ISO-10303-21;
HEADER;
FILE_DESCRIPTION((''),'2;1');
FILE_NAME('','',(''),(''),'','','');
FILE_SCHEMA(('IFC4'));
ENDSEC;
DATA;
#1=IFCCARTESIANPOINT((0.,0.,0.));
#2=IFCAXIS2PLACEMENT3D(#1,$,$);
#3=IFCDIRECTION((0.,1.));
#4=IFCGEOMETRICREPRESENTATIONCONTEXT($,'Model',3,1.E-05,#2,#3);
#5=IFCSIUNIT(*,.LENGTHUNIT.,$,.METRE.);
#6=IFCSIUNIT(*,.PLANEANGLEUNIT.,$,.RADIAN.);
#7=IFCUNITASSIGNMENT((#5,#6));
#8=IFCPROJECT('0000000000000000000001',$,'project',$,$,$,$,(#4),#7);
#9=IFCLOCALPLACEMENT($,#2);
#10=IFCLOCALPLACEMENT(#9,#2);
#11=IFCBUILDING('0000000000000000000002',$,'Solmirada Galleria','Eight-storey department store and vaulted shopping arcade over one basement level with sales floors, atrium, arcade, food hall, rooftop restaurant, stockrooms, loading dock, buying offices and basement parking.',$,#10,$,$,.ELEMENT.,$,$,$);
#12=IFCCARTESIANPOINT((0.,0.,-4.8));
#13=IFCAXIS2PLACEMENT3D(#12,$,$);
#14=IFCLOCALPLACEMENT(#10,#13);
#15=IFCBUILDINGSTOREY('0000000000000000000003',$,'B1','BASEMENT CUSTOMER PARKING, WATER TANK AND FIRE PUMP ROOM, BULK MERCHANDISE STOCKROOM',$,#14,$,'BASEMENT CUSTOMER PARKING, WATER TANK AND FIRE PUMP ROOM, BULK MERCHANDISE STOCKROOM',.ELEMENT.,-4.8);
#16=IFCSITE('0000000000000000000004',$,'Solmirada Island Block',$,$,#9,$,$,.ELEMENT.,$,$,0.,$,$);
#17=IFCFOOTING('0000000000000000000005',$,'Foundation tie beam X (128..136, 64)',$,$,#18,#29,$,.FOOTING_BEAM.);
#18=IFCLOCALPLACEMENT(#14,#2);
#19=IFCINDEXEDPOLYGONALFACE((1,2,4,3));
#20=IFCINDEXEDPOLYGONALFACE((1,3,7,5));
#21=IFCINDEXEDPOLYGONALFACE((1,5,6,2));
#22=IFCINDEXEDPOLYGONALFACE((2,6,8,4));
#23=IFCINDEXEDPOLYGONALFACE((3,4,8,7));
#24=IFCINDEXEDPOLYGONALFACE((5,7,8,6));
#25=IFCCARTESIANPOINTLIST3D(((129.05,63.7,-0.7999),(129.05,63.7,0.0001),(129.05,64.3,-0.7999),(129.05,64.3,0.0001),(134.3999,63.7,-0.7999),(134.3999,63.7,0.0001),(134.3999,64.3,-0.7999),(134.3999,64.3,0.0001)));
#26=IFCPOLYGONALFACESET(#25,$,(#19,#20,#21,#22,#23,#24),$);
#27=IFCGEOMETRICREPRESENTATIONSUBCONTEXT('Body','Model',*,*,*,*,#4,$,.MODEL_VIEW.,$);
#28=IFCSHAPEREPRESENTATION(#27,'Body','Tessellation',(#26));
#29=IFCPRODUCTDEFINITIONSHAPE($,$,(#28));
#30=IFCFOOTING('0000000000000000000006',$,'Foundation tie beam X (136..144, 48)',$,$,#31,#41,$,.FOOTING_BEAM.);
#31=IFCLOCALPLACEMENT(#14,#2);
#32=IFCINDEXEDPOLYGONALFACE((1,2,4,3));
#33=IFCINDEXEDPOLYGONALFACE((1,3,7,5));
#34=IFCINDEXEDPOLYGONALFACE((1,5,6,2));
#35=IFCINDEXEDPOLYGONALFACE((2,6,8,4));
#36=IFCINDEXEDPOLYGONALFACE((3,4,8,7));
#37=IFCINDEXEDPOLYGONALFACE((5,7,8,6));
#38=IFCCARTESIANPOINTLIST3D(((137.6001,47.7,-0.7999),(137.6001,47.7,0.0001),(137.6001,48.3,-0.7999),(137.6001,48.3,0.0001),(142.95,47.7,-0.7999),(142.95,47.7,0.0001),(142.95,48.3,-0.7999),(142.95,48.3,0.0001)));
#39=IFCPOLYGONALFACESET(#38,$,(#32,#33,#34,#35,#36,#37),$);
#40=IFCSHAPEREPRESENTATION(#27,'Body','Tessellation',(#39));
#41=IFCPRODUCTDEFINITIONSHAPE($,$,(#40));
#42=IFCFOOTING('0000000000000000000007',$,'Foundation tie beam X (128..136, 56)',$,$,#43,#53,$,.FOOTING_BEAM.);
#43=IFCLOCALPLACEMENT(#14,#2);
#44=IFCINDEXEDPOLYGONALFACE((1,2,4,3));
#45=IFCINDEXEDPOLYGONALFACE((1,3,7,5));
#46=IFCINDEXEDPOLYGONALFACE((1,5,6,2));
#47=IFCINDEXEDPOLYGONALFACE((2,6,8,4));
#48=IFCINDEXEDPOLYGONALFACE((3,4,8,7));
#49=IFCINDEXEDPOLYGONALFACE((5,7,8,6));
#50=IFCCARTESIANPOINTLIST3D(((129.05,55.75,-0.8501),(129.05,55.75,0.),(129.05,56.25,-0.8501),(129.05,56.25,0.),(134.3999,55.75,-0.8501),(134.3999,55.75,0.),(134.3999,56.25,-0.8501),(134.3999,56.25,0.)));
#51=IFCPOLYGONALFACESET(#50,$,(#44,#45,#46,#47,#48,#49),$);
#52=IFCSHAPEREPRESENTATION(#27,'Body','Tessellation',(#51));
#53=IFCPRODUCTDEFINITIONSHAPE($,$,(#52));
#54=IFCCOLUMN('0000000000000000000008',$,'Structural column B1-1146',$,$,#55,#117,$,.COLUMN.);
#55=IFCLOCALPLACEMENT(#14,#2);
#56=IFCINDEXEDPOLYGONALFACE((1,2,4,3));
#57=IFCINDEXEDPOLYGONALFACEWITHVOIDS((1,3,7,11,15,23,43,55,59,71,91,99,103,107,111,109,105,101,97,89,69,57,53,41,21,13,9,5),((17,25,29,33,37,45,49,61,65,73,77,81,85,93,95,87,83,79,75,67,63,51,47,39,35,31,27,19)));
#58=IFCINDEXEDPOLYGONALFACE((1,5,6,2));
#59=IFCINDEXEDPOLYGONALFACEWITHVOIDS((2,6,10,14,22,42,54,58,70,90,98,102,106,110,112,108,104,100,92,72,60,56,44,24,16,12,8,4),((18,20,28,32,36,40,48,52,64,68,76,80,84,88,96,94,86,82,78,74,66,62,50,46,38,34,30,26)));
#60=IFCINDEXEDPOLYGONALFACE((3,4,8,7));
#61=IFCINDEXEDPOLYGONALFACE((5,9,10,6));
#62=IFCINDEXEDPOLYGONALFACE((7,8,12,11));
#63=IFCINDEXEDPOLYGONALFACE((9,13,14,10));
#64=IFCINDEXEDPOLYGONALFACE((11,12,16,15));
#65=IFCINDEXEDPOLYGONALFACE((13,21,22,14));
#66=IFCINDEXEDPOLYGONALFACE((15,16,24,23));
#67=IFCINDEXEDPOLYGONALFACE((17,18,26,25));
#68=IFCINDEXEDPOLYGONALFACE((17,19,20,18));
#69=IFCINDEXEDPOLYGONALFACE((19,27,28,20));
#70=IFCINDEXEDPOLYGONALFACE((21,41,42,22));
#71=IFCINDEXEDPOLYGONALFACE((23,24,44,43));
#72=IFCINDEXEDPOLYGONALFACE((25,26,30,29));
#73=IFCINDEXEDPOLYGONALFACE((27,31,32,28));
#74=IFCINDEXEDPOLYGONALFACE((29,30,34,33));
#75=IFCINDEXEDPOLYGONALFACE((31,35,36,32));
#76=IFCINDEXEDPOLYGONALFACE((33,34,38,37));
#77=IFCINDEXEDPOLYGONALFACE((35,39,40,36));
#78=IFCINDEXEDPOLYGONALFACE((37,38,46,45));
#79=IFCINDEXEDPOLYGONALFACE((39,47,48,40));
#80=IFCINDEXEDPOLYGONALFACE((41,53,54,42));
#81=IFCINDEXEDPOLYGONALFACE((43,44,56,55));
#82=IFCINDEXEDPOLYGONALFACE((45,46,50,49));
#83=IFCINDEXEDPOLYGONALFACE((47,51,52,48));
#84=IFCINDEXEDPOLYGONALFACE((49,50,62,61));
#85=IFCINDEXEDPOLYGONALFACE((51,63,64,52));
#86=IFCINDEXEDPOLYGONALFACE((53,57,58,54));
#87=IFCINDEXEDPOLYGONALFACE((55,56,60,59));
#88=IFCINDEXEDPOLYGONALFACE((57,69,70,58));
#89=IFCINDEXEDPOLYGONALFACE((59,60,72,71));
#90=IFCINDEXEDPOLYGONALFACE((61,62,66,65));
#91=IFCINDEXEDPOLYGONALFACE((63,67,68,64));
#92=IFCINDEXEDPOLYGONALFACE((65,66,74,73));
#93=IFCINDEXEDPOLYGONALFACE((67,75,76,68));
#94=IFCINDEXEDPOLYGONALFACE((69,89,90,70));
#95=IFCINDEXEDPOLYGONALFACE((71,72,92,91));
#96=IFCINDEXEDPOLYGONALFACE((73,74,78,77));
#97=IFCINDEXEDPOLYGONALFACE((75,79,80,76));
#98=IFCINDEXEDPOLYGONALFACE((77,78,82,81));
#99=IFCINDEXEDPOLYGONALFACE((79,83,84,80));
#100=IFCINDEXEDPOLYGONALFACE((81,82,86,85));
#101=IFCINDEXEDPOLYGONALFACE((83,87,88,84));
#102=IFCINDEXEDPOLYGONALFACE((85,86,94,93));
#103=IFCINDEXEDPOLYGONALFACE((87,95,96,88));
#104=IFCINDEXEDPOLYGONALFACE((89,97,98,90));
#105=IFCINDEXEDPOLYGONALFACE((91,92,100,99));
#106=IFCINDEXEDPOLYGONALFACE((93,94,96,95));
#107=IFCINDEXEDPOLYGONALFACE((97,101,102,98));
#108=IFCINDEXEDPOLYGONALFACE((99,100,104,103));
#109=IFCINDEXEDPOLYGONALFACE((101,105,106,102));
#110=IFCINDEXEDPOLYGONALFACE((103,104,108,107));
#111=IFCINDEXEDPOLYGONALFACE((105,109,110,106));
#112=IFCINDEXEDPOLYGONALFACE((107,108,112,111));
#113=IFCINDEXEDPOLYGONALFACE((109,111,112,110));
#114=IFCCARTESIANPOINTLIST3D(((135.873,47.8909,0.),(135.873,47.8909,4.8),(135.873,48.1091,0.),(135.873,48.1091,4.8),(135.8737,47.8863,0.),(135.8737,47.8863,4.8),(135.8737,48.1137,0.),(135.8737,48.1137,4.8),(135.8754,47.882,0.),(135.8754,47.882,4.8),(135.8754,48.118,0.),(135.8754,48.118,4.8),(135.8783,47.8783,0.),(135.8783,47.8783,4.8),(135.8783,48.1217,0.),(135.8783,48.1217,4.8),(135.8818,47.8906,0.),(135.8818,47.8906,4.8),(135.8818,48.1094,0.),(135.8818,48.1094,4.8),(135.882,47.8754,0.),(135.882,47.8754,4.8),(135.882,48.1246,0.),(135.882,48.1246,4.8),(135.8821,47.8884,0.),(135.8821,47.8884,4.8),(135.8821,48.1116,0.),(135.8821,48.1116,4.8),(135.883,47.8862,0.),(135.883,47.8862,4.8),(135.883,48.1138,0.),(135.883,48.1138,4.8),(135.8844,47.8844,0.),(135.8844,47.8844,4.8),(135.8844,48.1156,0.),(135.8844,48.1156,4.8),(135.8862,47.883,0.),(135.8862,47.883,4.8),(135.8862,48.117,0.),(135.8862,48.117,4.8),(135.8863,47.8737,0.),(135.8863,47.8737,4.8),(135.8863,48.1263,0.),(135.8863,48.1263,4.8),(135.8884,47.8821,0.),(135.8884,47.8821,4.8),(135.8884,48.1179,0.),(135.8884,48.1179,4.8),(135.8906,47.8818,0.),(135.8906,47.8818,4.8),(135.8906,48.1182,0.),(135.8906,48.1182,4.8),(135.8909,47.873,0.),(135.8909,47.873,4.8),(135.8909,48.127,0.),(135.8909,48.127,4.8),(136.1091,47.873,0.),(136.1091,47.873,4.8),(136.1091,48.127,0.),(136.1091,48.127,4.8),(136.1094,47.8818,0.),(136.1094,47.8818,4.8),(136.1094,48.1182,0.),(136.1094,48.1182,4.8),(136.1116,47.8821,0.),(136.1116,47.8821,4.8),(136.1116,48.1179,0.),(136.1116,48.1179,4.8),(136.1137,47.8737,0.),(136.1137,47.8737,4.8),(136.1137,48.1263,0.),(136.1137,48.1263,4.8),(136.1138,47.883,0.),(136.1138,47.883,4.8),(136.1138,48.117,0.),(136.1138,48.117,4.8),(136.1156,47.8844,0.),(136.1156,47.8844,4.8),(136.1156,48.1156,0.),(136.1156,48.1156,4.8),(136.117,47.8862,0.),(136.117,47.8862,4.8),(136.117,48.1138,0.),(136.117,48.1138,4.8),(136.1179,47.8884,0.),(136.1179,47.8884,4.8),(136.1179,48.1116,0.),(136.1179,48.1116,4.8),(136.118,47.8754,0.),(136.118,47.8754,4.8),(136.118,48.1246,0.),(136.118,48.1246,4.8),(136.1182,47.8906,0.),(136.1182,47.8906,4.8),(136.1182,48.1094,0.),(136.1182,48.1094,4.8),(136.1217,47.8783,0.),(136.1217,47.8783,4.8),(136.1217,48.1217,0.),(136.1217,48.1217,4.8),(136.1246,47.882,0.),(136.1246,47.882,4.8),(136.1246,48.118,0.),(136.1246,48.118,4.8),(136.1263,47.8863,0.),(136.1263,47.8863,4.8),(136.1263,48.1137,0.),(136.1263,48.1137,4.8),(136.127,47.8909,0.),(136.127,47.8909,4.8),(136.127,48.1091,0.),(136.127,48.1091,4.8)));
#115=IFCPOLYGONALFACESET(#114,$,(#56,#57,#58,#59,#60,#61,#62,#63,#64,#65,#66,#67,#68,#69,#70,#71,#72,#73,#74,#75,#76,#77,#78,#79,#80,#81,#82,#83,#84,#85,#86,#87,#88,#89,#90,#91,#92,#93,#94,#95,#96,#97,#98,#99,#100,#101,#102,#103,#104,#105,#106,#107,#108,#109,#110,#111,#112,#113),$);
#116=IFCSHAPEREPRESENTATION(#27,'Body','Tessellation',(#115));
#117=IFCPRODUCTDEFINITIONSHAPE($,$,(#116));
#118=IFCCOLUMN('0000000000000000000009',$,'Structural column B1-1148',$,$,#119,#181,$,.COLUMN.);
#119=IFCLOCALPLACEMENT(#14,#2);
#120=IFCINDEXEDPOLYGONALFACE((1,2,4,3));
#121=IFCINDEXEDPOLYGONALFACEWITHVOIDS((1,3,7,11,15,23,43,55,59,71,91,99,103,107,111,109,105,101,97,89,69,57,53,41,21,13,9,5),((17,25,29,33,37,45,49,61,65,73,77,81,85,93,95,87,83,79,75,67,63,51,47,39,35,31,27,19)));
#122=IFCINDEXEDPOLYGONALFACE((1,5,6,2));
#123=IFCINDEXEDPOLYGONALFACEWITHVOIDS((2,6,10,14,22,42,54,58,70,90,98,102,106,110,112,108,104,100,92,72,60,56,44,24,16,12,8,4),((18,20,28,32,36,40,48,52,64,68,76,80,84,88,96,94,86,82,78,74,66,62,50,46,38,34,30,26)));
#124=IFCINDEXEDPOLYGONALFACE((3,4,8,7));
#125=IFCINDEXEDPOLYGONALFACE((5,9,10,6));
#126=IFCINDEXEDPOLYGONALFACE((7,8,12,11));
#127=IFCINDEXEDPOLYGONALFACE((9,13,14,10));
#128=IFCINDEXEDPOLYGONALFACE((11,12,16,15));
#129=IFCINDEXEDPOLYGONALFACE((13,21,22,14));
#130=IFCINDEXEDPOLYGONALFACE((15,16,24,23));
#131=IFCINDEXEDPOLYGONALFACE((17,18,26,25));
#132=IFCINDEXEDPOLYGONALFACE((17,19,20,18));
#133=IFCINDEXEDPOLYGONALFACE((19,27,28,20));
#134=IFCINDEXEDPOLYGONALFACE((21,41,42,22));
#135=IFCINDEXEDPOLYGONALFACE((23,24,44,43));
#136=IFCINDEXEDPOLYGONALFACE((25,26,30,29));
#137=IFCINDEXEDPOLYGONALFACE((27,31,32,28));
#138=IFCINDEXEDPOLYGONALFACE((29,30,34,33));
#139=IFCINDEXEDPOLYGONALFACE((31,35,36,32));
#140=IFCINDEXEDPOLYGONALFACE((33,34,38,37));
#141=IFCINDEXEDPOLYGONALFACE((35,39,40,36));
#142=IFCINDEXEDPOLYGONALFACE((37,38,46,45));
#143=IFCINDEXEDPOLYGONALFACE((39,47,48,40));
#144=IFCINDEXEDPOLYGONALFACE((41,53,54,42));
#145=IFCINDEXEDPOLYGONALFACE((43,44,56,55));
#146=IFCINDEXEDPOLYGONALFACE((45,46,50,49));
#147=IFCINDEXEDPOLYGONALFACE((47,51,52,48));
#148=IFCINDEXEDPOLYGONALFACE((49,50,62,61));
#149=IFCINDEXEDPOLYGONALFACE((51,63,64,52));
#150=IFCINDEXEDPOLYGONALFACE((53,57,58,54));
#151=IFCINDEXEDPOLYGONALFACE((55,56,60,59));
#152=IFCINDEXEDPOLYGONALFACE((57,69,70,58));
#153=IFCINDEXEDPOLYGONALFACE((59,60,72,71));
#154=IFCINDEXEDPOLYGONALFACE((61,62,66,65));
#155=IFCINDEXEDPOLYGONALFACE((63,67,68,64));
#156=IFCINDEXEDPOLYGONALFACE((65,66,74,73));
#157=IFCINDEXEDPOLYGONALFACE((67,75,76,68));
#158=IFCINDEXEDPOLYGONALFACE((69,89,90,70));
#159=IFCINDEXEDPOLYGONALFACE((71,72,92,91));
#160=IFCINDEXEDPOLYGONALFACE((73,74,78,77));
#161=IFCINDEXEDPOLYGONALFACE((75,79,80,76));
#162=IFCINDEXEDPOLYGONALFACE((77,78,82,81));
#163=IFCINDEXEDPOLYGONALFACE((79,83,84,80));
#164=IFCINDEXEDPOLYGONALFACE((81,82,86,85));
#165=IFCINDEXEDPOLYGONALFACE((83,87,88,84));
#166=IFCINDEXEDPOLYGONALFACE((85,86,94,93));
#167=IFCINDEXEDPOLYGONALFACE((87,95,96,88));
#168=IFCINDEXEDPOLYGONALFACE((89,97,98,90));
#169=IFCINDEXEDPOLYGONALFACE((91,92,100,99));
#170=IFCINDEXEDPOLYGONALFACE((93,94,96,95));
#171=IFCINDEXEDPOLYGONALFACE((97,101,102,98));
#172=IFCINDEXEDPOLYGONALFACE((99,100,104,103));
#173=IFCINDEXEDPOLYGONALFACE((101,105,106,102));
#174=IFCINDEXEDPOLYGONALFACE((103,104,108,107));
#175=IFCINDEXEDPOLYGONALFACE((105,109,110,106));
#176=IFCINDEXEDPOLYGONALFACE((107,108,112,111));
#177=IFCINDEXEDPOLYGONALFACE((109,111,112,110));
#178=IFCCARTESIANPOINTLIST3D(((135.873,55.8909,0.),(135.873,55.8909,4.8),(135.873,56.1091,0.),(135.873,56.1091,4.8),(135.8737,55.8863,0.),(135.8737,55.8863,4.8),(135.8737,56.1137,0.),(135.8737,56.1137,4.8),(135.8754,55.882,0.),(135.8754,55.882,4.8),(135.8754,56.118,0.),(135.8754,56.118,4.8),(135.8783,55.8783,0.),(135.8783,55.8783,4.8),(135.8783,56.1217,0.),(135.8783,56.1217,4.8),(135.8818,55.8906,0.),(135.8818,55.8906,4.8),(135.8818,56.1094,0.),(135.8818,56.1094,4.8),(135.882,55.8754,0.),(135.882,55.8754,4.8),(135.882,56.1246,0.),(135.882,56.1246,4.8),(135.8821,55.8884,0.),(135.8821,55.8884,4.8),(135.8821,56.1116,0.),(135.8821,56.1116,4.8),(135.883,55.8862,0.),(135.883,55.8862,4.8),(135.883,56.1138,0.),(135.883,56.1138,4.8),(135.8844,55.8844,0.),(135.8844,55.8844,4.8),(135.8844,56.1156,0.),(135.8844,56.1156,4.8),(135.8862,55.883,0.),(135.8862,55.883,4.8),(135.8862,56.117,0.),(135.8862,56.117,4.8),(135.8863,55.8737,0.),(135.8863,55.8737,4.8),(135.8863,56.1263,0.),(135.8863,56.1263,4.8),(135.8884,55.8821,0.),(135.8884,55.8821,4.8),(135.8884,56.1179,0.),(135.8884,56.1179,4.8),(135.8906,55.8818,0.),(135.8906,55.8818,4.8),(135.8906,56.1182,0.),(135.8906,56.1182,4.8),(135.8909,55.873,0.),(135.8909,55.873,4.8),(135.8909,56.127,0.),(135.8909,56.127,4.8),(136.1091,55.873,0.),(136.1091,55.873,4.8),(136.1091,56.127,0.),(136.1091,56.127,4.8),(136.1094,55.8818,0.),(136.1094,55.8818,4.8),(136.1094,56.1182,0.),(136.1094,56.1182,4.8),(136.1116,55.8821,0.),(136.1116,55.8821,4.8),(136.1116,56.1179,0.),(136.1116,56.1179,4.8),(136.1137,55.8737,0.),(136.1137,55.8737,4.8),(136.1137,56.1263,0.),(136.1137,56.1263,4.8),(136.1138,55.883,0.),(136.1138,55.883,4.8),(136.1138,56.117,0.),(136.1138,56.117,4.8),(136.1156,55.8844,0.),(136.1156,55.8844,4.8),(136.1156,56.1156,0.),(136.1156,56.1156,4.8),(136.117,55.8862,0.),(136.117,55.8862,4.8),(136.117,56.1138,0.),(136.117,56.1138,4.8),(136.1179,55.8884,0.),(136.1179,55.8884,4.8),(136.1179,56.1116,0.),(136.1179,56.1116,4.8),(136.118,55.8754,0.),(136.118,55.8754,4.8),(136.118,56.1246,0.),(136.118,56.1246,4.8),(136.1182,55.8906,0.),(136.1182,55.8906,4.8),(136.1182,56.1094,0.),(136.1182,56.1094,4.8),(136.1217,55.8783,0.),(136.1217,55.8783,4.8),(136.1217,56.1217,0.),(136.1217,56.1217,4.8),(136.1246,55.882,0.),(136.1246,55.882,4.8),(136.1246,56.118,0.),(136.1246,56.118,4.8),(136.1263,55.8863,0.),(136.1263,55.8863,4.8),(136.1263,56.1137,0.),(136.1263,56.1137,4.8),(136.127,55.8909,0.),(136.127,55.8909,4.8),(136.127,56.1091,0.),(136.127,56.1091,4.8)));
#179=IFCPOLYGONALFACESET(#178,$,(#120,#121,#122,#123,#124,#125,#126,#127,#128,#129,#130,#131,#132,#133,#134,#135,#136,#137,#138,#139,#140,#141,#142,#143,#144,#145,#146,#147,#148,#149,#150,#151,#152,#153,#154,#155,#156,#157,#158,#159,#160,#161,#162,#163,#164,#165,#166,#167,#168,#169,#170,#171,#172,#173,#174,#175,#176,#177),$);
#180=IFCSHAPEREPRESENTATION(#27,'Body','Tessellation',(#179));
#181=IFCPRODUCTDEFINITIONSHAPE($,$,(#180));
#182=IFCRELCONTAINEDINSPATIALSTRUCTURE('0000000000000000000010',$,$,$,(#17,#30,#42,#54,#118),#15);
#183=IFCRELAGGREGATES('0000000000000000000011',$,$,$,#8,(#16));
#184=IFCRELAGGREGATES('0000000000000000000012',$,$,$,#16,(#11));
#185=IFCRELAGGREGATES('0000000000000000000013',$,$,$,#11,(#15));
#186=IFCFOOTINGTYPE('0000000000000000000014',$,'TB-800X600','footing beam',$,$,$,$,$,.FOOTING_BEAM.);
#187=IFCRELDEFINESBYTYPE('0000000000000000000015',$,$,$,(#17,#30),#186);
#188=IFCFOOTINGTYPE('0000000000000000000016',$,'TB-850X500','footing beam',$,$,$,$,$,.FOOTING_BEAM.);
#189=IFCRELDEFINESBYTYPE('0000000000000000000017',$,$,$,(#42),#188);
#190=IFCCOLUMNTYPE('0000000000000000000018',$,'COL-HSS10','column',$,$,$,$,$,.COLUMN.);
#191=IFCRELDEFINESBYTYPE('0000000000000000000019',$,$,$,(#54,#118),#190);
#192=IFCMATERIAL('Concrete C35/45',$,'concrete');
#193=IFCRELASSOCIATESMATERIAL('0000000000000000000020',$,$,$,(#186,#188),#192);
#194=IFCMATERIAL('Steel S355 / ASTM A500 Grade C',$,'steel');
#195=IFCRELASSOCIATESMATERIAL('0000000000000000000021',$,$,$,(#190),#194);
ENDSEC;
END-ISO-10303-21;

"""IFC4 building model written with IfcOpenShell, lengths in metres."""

from ifc_helpers import new_model, si_unit, direction, frame, origin, origin_2d, place, context, subcontext, project, spatial, rectangle, hollow_rectangle, extrude, material, material_profile, profile_set, type_object, element, save


model = new_model("IFC4")

# Units and contexts
model_context = context("Model", 3, precision=1e-05, world=origin(), true_north=direction((0.0, 1.0)))
body_context = subcontext(model_context, "Body", "Model", "MODEL_VIEW")
ifc_project = project(units=[si_unit("LENGTHUNIT", "METRE"), si_unit("PLANEANGLEUNIT", "RADIAN")], contexts=[model_context])

# Site, building, storey
site_placement = place(None, origin())
site = spatial("IfcSite", under=ifc_project, at=site_placement, Name="Solmirada Island Block", CompositionType="ELEMENT", RefElevation=0.0)
building_placement = place(site_placement, origin())
building = spatial("IfcBuilding", under=site, at=building_placement, Name="Solmirada Galleria", Description="Eight-storey department store and vaulted shopping arcade over one basement level with sales floors, atrium, arcade, food hall, rooftop restaurant, stockrooms, loading dock, buying offices and basement parking.", CompositionType="ELEMENT")
storey_placement = place(building_placement, frame((0.0, 0.0, -4.8)))
storey = spatial("IfcBuildingStorey", under=building, at=storey_placement, Name="B1", Description="BASEMENT CUSTOMER PARKING, WATER TANK AND FIRE PUMP ROOM, BULK MERCHANDISE STOCKROOM", LongName="BASEMENT CUSTOMER PARKING, WATER TANK AND FIRE PUMP ROOM, BULK MERCHANDISE STOCKROOM", CompositionType="ELEMENT", Elevation=-4.8)

# Shared definitions
ifc_material_1 = material(Name="Concrete C35/45", Category="concrete")

# Footings
ifc_material_profile_1 = material_profile(ifc_material_1, rectangle(XDim=0.6001, YDim=0.8, at=origin_2d()), Name="RC800X600")
ifc_profile_set_1 = profile_set([ifc_material_profile_1], Name="Concrete C35/45")
footing_type_1 = type_object("IfcFootingType", Name="TB-800X600", Description="footing beam", PredefinedType="FOOTING_BEAM", material=ifc_profile_set_1)
for number, where, z_axis, x_axis, name in (
    (1, (129.05, 64.0, -0.3999), (1.0, 0.0, 0.0), (0.0, 1.0, 0.0), "Foundation tie beam X (128..136, 64)"),
    (2, (137.6001, 48.0, -0.3999), (1.0, 0.0, 0.0), (0.0, 1.0, 0.0), "Foundation tie beam X (136..144, 48)"),
):
    element("IfcFooting", number, at=place(storey_placement, frame(where, z_axis=z_axis, x_axis=x_axis)), inside=storey, type_object=footing_type_1, Name=name, PredefinedType="FOOTING_BEAM", context=body_context, shape_type="SweptSolid", body=[
        extrude(rectangle(XDim=0.6001, YDim=0.8, at=origin_2d()), origin(), (0.0, 0.0, 1.0), 5.3499),
    ])
ifc_material_profile_2 = material_profile(ifc_material_1, rectangle(XDim=0.5, YDim=0.8501, at=origin_2d()), Name="RC850X500")
ifc_profile_set_2 = profile_set([ifc_material_profile_2], Name="Concrete C35/45")
footing_type_2 = type_object("IfcFootingType", Name="TB-850X500", Description="footing beam", PredefinedType="FOOTING_BEAM", material=ifc_profile_set_2)
footing_placement = place(storey_placement, frame((129.05, 56.0, -0.425), z_axis=(1.0, 0.0, 0.0), x_axis=(0.0, 1.0, 0.0)))
element("IfcFooting", 3, at=footing_placement, inside=storey, type_object=footing_type_2, Name="Foundation tie beam X (128..136, 56)", PredefinedType="FOOTING_BEAM", context=body_context, shape_type="SweptSolid", body=[
    extrude(rectangle(XDim=0.5, YDim=0.8501, at=origin_2d()), origin(), (0.0, 0.0, 1.0), 5.3499),
])

# Columns
ifc_material_2 = material(Name="Steel S355 / ASTM A500 Grade C", Category="steel")
ifc_material_profile_3 = material_profile(ifc_material_2, hollow_rectangle(XDim=0.2539, YDim=0.2539, WallThickness=0.0088, InnerFilletRadius=0.0088, OuterFilletRadius=0.0178, at=origin_2d()), Name="HSS10X10X3/8")
ifc_profile_set_3 = profile_set([ifc_material_profile_3], Name="Steel S355 / ASTM A500 Grade C")
column_type = type_object("IfcColumnType", Name="COL-HSS10", Description="column", PredefinedType="COLUMN", material=ifc_profile_set_3)
for number, where, z_axis, x_axis, name in (
    (4, (136.0, 48.0, 0.0), (0.0, 0.0, 1.0), (1.0, 0.0, 0.0), "Structural column B1-1146"),
    (5, (136.0, 56.0, 0.0), (0.0, 0.0, 1.0), (1.0, 0.0, 0.0), "Structural column B1-1148"),
):
    element("IfcColumn", number, at=place(storey_placement, frame(where, z_axis=z_axis, x_axis=x_axis)), inside=storey, type_object=column_type, Name=name, PredefinedType="COLUMN", context=body_context, shape_type="SweptSolid", body=[
        extrude(hollow_rectangle(XDim=0.2539, YDim=0.2539, WallThickness=0.0088, InnerFilletRadius=0.0088, OuterFilletRadius=0.0178, at=origin_2d()), origin(), (0.0, 0.0, 1.0), 4.8),
    ])

save(model, "model.ifc")
